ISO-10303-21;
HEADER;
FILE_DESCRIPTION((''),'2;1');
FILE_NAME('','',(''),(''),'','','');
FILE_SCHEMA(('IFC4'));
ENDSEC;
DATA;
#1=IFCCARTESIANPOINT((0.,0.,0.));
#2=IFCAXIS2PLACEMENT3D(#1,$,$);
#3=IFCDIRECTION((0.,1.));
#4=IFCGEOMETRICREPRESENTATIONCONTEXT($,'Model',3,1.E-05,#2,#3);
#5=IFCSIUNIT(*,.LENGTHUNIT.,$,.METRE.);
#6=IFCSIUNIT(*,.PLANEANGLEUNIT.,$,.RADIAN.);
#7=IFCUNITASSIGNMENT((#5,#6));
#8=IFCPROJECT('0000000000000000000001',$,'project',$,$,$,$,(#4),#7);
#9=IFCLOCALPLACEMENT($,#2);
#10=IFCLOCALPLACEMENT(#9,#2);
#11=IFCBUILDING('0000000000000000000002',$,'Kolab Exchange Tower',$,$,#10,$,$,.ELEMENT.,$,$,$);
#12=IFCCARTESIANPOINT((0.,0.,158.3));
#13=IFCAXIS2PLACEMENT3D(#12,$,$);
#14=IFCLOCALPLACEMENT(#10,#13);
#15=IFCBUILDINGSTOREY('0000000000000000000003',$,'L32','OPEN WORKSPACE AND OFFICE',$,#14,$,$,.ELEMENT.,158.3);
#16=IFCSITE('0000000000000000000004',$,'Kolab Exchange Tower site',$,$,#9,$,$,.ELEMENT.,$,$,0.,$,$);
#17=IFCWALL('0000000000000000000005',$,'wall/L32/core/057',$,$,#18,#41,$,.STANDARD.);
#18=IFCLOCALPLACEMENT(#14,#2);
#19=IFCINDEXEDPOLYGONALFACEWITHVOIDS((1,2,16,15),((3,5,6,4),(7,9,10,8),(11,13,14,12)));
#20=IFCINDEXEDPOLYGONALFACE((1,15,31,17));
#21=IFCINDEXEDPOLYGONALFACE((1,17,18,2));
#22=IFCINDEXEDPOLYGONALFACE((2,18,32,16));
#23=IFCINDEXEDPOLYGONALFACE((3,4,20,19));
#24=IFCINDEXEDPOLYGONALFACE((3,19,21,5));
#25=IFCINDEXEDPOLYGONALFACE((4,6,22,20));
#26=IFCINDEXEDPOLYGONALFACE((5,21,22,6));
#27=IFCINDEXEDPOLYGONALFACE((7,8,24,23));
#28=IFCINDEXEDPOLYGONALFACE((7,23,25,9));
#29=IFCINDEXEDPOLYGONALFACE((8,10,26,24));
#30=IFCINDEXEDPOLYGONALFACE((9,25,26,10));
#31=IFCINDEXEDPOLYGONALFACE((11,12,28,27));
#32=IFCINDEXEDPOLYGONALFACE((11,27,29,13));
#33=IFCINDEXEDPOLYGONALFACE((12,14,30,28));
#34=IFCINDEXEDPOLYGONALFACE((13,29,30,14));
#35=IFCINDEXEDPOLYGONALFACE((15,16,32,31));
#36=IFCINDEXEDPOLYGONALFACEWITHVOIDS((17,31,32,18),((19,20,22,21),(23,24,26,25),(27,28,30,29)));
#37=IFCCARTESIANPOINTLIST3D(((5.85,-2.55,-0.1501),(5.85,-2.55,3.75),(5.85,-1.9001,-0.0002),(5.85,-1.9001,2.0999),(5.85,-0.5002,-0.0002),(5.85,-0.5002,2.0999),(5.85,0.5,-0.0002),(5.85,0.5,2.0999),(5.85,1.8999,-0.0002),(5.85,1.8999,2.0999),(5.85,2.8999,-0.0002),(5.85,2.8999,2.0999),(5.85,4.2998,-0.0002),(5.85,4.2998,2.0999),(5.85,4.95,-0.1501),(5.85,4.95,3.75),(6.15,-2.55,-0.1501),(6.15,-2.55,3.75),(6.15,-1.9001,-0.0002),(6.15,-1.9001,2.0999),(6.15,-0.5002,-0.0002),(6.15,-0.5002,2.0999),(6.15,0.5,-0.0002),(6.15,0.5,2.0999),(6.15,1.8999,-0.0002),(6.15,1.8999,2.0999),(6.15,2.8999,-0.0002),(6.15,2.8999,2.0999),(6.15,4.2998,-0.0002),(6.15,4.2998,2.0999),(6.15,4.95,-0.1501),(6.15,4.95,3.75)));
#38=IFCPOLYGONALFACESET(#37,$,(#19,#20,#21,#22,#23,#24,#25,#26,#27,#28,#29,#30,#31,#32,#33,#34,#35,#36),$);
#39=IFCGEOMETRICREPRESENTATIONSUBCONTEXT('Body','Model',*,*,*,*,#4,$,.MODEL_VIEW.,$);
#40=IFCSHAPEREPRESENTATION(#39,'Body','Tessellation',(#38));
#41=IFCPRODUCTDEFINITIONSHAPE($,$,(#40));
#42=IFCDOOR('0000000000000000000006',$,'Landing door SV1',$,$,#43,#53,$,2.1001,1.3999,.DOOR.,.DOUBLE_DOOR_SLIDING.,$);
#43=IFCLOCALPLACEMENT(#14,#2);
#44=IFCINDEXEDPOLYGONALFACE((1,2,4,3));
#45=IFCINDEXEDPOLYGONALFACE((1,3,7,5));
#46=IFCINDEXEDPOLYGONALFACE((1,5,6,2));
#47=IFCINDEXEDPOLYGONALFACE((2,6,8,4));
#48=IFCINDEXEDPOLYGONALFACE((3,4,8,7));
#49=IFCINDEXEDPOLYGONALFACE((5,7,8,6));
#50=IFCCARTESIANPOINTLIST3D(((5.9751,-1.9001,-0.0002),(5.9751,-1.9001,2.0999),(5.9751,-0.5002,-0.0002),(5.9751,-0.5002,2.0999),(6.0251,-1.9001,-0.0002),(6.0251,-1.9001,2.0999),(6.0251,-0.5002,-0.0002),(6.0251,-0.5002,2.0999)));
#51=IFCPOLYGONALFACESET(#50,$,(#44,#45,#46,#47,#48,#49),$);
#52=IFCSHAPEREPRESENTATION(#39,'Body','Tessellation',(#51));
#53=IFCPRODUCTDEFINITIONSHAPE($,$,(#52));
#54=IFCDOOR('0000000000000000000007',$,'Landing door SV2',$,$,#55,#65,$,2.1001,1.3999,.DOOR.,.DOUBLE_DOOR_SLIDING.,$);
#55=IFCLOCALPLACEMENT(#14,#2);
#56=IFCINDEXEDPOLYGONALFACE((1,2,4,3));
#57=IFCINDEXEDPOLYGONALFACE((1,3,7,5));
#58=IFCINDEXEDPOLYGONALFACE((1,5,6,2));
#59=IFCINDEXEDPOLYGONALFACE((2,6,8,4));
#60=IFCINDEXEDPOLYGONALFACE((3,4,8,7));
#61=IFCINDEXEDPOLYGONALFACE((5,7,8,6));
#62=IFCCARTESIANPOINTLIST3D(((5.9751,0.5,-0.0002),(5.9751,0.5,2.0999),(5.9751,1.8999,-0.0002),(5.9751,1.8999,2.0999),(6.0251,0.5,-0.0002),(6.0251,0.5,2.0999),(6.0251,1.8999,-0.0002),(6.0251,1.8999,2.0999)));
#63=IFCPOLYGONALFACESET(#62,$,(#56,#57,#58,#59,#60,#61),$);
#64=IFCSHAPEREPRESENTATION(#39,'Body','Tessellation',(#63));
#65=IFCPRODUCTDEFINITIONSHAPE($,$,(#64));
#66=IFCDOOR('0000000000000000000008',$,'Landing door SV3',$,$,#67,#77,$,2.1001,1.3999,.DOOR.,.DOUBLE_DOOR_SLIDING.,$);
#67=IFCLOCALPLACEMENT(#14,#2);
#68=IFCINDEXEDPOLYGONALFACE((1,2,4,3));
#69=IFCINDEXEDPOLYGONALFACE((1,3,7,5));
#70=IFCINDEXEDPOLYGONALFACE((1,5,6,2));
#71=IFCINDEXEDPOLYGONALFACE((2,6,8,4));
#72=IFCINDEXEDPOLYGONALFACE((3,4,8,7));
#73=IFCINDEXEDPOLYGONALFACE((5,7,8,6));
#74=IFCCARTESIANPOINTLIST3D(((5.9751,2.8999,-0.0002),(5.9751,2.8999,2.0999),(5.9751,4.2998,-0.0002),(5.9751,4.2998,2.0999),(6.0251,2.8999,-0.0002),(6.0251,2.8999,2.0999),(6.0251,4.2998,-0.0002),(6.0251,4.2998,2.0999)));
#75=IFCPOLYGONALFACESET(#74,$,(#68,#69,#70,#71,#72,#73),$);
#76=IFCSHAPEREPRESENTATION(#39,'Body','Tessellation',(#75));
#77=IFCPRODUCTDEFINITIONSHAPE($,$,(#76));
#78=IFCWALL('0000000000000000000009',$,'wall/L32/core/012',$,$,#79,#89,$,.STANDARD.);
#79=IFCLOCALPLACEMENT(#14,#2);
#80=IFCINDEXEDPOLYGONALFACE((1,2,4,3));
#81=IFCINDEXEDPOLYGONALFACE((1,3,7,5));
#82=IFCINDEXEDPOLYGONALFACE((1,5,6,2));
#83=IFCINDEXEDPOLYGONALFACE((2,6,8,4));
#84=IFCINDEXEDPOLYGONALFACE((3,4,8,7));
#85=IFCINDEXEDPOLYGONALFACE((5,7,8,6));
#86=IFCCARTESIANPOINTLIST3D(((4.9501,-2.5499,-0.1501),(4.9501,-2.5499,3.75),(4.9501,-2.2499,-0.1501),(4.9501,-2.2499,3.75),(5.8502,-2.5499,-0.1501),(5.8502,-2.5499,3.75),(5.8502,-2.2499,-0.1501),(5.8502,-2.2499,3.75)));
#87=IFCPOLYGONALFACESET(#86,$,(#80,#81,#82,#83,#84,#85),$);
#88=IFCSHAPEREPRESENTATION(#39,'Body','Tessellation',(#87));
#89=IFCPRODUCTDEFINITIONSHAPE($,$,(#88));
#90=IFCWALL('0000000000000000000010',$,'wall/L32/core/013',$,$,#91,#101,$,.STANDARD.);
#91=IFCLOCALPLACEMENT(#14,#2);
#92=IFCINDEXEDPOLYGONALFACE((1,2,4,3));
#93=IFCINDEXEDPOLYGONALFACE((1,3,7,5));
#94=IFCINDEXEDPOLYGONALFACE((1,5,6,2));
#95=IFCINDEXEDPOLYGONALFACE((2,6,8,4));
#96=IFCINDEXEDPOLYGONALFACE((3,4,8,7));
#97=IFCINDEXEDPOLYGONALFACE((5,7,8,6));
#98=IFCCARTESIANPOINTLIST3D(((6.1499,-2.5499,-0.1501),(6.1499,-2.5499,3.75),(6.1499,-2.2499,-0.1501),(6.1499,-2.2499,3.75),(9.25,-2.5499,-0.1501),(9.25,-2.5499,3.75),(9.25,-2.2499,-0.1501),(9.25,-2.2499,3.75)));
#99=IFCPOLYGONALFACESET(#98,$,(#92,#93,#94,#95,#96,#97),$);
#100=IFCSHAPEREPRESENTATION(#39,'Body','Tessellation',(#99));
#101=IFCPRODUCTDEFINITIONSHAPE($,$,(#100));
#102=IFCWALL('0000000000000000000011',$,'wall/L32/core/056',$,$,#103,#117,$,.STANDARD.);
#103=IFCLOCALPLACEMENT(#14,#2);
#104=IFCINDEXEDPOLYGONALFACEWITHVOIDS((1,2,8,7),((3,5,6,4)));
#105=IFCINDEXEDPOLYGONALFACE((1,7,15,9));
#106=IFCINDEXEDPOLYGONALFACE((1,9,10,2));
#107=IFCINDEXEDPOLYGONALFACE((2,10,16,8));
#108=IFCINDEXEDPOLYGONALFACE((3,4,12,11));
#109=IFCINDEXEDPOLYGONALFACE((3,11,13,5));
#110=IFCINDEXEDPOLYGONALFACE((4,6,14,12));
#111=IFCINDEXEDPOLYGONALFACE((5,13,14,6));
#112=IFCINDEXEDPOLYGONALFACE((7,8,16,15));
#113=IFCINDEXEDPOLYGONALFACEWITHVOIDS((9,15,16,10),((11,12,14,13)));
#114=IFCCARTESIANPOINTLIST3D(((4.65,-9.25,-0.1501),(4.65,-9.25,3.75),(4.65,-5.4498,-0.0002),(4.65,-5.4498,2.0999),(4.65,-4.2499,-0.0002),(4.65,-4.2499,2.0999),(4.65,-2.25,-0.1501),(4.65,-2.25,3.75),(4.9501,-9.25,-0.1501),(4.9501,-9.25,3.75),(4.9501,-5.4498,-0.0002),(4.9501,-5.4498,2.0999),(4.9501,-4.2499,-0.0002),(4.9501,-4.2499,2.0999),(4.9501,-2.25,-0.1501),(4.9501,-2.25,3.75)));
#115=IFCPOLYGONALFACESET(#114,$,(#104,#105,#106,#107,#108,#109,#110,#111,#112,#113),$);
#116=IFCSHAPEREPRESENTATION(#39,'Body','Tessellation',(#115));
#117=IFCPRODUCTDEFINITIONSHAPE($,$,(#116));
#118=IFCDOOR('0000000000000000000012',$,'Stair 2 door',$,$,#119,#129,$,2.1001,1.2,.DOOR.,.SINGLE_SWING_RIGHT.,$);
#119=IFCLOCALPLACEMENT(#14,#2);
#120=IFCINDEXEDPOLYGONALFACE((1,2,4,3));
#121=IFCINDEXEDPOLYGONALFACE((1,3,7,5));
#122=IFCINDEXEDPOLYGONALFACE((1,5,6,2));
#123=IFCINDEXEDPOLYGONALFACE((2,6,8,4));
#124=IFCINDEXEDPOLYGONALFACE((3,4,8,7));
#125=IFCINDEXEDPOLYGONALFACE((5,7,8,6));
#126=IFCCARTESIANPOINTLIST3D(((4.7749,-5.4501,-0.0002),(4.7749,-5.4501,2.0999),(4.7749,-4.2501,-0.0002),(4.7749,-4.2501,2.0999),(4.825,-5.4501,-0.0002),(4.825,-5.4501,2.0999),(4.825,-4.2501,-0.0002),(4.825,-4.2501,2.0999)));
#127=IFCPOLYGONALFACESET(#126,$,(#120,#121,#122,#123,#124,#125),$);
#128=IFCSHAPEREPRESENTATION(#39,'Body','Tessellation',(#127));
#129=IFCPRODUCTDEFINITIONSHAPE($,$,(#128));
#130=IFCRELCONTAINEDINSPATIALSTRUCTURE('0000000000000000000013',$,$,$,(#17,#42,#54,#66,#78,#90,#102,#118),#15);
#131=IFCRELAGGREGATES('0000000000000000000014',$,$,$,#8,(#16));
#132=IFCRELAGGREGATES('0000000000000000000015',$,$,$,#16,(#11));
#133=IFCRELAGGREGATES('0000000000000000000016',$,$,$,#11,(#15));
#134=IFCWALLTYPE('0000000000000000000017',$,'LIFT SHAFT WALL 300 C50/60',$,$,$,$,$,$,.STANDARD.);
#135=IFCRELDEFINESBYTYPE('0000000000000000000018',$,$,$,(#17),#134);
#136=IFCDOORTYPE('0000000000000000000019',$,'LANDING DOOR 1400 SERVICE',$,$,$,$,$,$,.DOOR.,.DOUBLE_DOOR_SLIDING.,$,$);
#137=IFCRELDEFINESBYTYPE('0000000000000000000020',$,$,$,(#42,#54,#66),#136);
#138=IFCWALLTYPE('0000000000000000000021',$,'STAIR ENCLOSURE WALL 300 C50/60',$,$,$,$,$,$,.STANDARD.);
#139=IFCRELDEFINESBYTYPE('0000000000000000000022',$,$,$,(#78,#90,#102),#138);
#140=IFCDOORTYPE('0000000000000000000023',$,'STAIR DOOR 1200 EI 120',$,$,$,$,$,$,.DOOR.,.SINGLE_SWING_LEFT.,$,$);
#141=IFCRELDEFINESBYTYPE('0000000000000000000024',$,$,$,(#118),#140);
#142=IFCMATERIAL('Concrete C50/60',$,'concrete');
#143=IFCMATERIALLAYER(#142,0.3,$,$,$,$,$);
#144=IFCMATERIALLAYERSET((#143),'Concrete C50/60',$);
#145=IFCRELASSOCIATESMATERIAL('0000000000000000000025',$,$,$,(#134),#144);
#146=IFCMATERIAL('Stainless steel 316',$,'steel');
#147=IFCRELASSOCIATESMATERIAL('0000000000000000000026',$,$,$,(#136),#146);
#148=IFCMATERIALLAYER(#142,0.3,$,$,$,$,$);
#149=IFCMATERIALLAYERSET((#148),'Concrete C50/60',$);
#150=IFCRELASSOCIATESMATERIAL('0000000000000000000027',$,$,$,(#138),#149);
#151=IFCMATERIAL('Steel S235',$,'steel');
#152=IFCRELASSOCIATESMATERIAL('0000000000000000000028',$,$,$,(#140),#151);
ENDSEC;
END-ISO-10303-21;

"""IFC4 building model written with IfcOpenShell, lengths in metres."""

from ifc_helpers import new_model, si_unit, direction, frame, frame_2d, origin, place, context, subcontext, project, spatial, rectangle, extrude, material, layer, layer_set, type_object, element, fill, save


model = new_model("IFC4")

# Units and contexts
model_context = context("Model", 3, precision=1e-05, world=origin(), true_north=direction((0.0, 1.0)))
body_context = subcontext(model_context, "Body", "Model", "MODEL_VIEW")
ifc_project = project(units=[si_unit("LENGTHUNIT", "METRE"), si_unit("PLANEANGLEUNIT", "RADIAN")], contexts=[model_context])

# Site, building, storey
site_placement = place(None, origin())
site = spatial("IfcSite", under=ifc_project, at=site_placement, Name="Kolab Exchange Tower site", CompositionType="ELEMENT", RefElevation=0.0)
building_placement = place(site_placement, origin())
building = spatial("IfcBuilding", under=site, at=building_placement, Name="Kolab Exchange Tower", CompositionType="ELEMENT")
storey_placement = place(building_placement, frame((0.0, 0.0, 158.3)))
storey = spatial("IfcBuildingStorey", under=building, at=storey_placement, Name="L32", Description="OPEN WORKSPACE AND OFFICE", CompositionType="ELEMENT", Elevation=158.3)

# Shared definitions
ifc_material_1 = material(Name="Concrete C50/60", Category="concrete")
ifc_layer_1 = layer(ifc_material_1, 0.3)
ifc_layer_set_1 = layer_set([ifc_layer_1], Name="Concrete C50/60")
wall_type_1 = type_object("IfcWallType", Name="LIFT SHAFT WALL 300 C50/60", PredefinedType="STANDARD", material=ifc_layer_set_1)
ifc_material_2 = material(Name="Stainless steel 316", Category="steel")

# Wall, openings, doors
wall_1_placement = place(storey_placement, frame((6.0, -2.55, -0.1501), z_axis=(0.0, 0.0, 1.0), x_axis=(0.0, 1.0, 0.0)))
wall_1 = element("IfcWall", 1, at=wall_1_placement, inside=storey, type_object=wall_type_1, Name="wall/L32/core/057", PredefinedType="STANDARD", context=body_context, shape_type="SweptSolid", body=[
    extrude(rectangle(XDim=7.5, YDim=0.3, at=frame_2d((3.75, 0.0))), origin(), (0.0, 0.0, 1.0), 3.9001),
])
opening_1_placement = place(wall_1_placement, frame((0.6499, 0.0, 0.1499)))
opening_1 = element("IfcOpeningElement", 2, at=opening_1_placement, cuts=wall_1, PredefinedType="OPENING", context=body_context, shape_type="SweptSolid", body=[
    extrude(rectangle(XDim=1.3999, YDim=2.1001, at=frame_2d((0.7, 1.05))), frame((0.0, 0.1602, 0.0), z_axis=(0.0, -1.0, 0.0), x_axis=(1.0, 0.0, 0.0)), (0.0, 0.0, 1.0), 0.3201),
])
opening_2_placement = place(wall_1_placement, frame((3.05, 0.0, 0.1499)))
opening_2 = element("IfcOpeningElement", 3, at=opening_2_placement, cuts=wall_1, PredefinedType="OPENING", context=body_context, shape_type="SweptSolid", body=[
    extrude(rectangle(XDim=1.3999, YDim=2.1001, at=frame_2d((0.7, 1.05))), frame((0.0, 0.1602, 0.0), z_axis=(0.0, -1.0, 0.0), x_axis=(1.0, 0.0, 0.0)), (0.0, 0.0, 1.0), 0.3201),
])
opening_3_placement = place(wall_1_placement, frame((5.45, 0.0, 0.1499)))
opening_3 = element("IfcOpeningElement", 4, at=opening_3_placement, cuts=wall_1, PredefinedType="OPENING", context=body_context, shape_type="SweptSolid", body=[
    extrude(rectangle(XDim=1.3999, YDim=2.1001, at=frame_2d((0.7, 1.05))), frame((0.0, 0.1602, 0.0), z_axis=(0.0, -1.0, 0.0), x_axis=(1.0, 0.0, 0.0)), (0.0, 0.0, 1.0), 0.3201),
])
door_type_1 = type_object("IfcDoorType", Name="LANDING DOOR 1400 SERVICE", OperationType="DOUBLE_DOOR_SLIDING", PredefinedType="DOOR", material=ifc_material_2)
door_1_placement = place(opening_1_placement, origin())
door_1 = element("IfcDoor", 5, at=door_1_placement, inside=storey, type_object=door_type_1, Name="Landing door SV1", OperationType="DOUBLE_DOOR_SLIDING", OverallHeight=2.1001, OverallWidth=1.3999, PredefinedType="DOOR", context=body_context, shape_type="SweptSolid", body=[
    extrude(rectangle(XDim=1.3999, YDim=2.1001, at=frame_2d((0.7, 1.05))), frame((0.0, 0.0249, 0.0), z_axis=(0.0, -1.0, 0.0), x_axis=(1.0, 0.0, 0.0)), (0.0, 0.0, 1.0), 0.05),
])
fill(opening_1, door_1)
door_2_placement = place(opening_2_placement, origin())
door_2 = element("IfcDoor", 6, at=door_2_placement, inside=storey, type_object=door_type_1, Name="Landing door SV2", OperationType="DOUBLE_DOOR_SLIDING", OverallHeight=2.1001, OverallWidth=1.3999, PredefinedType="DOOR", context=body_context, shape_type="SweptSolid", body=[
    extrude(rectangle(XDim=1.3999, YDim=2.1001, at=frame_2d((0.7, 1.05))), frame((0.0, 0.0249, 0.0), z_axis=(0.0, -1.0, 0.0), x_axis=(1.0, 0.0, 0.0)), (0.0, 0.0, 1.0), 0.05),
])
fill(opening_2, door_2)
door_3_placement = place(opening_3_placement, origin())
door_3 = element("IfcDoor", 7, at=door_3_placement, inside=storey, type_object=door_type_1, Name="Landing door SV3", OperationType="DOUBLE_DOOR_SLIDING", OverallHeight=2.1001, OverallWidth=1.3999, PredefinedType="DOOR", context=body_context, shape_type="SweptSolid", body=[
    extrude(rectangle(XDim=1.3999, YDim=2.1001, at=frame_2d((0.7, 1.05))), frame((0.0, 0.0249, 0.0), z_axis=(0.0, -1.0, 0.0), x_axis=(1.0, 0.0, 0.0)), (0.0, 0.0, 1.0), 0.05),
])
fill(opening_3, door_3)

# Walls
ifc_layer_2 = layer(ifc_material_1, 0.3)
ifc_layer_set_2 = layer_set([ifc_layer_2], Name="Concrete C50/60")
wall_type_2 = type_object("IfcWallType", Name="STAIR ENCLOSURE WALL 300 C50/60", PredefinedType="STANDARD", material=ifc_layer_set_2)
wall_2_placement = place(storey_placement, frame((4.95, -2.3999, -0.1501), z_axis=(0.0, 0.0, 1.0), x_axis=(1.0, 0.0, 0.0)))
element("IfcWall", 8, at=wall_2_placement, inside=storey, type_object=wall_type_2, Name="wall/L32/core/012", PredefinedType="STANDARD", context=body_context, shape_type="SweptSolid", body=[
    extrude(rectangle(XDim=0.9001, YDim=0.3, at=frame_2d((0.4502, 0.0))), origin(), (0.0, 0.0, 1.0), 3.9001),
])
wall_3_placement = place(storey_placement, frame((6.1499, -2.3999, -0.1501), z_axis=(0.0, 0.0, 1.0), x_axis=(1.0, 0.0, 0.0)))
element("IfcWall", 9, at=wall_3_placement, inside=storey, type_object=wall_type_2, Name="wall/L32/core/013", PredefinedType="STANDARD", context=body_context, shape_type="SweptSolid", body=[
    extrude(rectangle(XDim=3.1001, YDim=0.3, at=frame_2d((1.55, 0.0))), origin(), (0.0, 0.0, 1.0), 3.9001),
])

# Wall, opening, door
wall_4_placement = place(storey_placement, frame((4.8, -9.25, -0.1501), z_axis=(0.0, 0.0, 1.0), x_axis=(0.0, 1.0, 0.0)))
wall_4 = element("IfcWall", 10, at=wall_4_placement, inside=storey, type_object=wall_type_2, Name="wall/L32/core/056", PredefinedType="STANDARD", context=body_context, shape_type="SweptSolid", body=[
    extrude(rectangle(XDim=7.0, YDim=0.3, at=frame_2d((3.5, 0.0))), origin(), (0.0, 0.0, 1.0), 3.9001),
])
opening_4_placement = place(wall_4_placement, frame((3.8, 0.0, 0.1499)))
opening_4 = element("IfcOpeningElement", 11, at=opening_4_placement, cuts=wall_4, PredefinedType="OPENING", context=body_context, shape_type="SweptSolid", body=[
    extrude(rectangle(XDim=1.2, YDim=2.1001, at=frame_2d((0.6001, 1.05))), frame((0.0, 0.1602, 0.0), z_axis=(0.0, -1.0, 0.0), x_axis=(1.0, 0.0, 0.0)), (0.0, 0.0, 1.0), 0.3201),
])
ifc_material_3 = material(Name="Steel S235", Category="steel")
door_type_2 = type_object("IfcDoorType", Name="STAIR DOOR 1200 EI 120", OperationType="SINGLE_SWING_LEFT", PredefinedType="DOOR", material=ifc_material_3)
door_4_placement = place(opening_4_placement, frame((1.2, 0.0, 0.0), z_axis=(0.0, 0.0, 1.0), x_axis=(-1.0, 0.0, 0.0)))
door_4 = element("IfcDoor", 12, at=door_4_placement, inside=storey, type_object=door_type_2, Name="Stair 2 door", OperationType="SINGLE_SWING_RIGHT", OverallHeight=2.1001, OverallWidth=1.2, PredefinedType="DOOR", context=body_context, shape_type="SweptSolid", body=[
    extrude(rectangle(XDim=1.2, YDim=2.1001, at=frame_2d((0.6001, 1.05))), frame((0.0, 0.0249, 0.0), z_axis=(0.0, -1.0, 0.0), x_axis=(1.0, 0.0, 0.0)), (0.0, 0.0, 1.0), 0.05),
])
fill(opening_4, door_4)

save(model, "model.ifc")
